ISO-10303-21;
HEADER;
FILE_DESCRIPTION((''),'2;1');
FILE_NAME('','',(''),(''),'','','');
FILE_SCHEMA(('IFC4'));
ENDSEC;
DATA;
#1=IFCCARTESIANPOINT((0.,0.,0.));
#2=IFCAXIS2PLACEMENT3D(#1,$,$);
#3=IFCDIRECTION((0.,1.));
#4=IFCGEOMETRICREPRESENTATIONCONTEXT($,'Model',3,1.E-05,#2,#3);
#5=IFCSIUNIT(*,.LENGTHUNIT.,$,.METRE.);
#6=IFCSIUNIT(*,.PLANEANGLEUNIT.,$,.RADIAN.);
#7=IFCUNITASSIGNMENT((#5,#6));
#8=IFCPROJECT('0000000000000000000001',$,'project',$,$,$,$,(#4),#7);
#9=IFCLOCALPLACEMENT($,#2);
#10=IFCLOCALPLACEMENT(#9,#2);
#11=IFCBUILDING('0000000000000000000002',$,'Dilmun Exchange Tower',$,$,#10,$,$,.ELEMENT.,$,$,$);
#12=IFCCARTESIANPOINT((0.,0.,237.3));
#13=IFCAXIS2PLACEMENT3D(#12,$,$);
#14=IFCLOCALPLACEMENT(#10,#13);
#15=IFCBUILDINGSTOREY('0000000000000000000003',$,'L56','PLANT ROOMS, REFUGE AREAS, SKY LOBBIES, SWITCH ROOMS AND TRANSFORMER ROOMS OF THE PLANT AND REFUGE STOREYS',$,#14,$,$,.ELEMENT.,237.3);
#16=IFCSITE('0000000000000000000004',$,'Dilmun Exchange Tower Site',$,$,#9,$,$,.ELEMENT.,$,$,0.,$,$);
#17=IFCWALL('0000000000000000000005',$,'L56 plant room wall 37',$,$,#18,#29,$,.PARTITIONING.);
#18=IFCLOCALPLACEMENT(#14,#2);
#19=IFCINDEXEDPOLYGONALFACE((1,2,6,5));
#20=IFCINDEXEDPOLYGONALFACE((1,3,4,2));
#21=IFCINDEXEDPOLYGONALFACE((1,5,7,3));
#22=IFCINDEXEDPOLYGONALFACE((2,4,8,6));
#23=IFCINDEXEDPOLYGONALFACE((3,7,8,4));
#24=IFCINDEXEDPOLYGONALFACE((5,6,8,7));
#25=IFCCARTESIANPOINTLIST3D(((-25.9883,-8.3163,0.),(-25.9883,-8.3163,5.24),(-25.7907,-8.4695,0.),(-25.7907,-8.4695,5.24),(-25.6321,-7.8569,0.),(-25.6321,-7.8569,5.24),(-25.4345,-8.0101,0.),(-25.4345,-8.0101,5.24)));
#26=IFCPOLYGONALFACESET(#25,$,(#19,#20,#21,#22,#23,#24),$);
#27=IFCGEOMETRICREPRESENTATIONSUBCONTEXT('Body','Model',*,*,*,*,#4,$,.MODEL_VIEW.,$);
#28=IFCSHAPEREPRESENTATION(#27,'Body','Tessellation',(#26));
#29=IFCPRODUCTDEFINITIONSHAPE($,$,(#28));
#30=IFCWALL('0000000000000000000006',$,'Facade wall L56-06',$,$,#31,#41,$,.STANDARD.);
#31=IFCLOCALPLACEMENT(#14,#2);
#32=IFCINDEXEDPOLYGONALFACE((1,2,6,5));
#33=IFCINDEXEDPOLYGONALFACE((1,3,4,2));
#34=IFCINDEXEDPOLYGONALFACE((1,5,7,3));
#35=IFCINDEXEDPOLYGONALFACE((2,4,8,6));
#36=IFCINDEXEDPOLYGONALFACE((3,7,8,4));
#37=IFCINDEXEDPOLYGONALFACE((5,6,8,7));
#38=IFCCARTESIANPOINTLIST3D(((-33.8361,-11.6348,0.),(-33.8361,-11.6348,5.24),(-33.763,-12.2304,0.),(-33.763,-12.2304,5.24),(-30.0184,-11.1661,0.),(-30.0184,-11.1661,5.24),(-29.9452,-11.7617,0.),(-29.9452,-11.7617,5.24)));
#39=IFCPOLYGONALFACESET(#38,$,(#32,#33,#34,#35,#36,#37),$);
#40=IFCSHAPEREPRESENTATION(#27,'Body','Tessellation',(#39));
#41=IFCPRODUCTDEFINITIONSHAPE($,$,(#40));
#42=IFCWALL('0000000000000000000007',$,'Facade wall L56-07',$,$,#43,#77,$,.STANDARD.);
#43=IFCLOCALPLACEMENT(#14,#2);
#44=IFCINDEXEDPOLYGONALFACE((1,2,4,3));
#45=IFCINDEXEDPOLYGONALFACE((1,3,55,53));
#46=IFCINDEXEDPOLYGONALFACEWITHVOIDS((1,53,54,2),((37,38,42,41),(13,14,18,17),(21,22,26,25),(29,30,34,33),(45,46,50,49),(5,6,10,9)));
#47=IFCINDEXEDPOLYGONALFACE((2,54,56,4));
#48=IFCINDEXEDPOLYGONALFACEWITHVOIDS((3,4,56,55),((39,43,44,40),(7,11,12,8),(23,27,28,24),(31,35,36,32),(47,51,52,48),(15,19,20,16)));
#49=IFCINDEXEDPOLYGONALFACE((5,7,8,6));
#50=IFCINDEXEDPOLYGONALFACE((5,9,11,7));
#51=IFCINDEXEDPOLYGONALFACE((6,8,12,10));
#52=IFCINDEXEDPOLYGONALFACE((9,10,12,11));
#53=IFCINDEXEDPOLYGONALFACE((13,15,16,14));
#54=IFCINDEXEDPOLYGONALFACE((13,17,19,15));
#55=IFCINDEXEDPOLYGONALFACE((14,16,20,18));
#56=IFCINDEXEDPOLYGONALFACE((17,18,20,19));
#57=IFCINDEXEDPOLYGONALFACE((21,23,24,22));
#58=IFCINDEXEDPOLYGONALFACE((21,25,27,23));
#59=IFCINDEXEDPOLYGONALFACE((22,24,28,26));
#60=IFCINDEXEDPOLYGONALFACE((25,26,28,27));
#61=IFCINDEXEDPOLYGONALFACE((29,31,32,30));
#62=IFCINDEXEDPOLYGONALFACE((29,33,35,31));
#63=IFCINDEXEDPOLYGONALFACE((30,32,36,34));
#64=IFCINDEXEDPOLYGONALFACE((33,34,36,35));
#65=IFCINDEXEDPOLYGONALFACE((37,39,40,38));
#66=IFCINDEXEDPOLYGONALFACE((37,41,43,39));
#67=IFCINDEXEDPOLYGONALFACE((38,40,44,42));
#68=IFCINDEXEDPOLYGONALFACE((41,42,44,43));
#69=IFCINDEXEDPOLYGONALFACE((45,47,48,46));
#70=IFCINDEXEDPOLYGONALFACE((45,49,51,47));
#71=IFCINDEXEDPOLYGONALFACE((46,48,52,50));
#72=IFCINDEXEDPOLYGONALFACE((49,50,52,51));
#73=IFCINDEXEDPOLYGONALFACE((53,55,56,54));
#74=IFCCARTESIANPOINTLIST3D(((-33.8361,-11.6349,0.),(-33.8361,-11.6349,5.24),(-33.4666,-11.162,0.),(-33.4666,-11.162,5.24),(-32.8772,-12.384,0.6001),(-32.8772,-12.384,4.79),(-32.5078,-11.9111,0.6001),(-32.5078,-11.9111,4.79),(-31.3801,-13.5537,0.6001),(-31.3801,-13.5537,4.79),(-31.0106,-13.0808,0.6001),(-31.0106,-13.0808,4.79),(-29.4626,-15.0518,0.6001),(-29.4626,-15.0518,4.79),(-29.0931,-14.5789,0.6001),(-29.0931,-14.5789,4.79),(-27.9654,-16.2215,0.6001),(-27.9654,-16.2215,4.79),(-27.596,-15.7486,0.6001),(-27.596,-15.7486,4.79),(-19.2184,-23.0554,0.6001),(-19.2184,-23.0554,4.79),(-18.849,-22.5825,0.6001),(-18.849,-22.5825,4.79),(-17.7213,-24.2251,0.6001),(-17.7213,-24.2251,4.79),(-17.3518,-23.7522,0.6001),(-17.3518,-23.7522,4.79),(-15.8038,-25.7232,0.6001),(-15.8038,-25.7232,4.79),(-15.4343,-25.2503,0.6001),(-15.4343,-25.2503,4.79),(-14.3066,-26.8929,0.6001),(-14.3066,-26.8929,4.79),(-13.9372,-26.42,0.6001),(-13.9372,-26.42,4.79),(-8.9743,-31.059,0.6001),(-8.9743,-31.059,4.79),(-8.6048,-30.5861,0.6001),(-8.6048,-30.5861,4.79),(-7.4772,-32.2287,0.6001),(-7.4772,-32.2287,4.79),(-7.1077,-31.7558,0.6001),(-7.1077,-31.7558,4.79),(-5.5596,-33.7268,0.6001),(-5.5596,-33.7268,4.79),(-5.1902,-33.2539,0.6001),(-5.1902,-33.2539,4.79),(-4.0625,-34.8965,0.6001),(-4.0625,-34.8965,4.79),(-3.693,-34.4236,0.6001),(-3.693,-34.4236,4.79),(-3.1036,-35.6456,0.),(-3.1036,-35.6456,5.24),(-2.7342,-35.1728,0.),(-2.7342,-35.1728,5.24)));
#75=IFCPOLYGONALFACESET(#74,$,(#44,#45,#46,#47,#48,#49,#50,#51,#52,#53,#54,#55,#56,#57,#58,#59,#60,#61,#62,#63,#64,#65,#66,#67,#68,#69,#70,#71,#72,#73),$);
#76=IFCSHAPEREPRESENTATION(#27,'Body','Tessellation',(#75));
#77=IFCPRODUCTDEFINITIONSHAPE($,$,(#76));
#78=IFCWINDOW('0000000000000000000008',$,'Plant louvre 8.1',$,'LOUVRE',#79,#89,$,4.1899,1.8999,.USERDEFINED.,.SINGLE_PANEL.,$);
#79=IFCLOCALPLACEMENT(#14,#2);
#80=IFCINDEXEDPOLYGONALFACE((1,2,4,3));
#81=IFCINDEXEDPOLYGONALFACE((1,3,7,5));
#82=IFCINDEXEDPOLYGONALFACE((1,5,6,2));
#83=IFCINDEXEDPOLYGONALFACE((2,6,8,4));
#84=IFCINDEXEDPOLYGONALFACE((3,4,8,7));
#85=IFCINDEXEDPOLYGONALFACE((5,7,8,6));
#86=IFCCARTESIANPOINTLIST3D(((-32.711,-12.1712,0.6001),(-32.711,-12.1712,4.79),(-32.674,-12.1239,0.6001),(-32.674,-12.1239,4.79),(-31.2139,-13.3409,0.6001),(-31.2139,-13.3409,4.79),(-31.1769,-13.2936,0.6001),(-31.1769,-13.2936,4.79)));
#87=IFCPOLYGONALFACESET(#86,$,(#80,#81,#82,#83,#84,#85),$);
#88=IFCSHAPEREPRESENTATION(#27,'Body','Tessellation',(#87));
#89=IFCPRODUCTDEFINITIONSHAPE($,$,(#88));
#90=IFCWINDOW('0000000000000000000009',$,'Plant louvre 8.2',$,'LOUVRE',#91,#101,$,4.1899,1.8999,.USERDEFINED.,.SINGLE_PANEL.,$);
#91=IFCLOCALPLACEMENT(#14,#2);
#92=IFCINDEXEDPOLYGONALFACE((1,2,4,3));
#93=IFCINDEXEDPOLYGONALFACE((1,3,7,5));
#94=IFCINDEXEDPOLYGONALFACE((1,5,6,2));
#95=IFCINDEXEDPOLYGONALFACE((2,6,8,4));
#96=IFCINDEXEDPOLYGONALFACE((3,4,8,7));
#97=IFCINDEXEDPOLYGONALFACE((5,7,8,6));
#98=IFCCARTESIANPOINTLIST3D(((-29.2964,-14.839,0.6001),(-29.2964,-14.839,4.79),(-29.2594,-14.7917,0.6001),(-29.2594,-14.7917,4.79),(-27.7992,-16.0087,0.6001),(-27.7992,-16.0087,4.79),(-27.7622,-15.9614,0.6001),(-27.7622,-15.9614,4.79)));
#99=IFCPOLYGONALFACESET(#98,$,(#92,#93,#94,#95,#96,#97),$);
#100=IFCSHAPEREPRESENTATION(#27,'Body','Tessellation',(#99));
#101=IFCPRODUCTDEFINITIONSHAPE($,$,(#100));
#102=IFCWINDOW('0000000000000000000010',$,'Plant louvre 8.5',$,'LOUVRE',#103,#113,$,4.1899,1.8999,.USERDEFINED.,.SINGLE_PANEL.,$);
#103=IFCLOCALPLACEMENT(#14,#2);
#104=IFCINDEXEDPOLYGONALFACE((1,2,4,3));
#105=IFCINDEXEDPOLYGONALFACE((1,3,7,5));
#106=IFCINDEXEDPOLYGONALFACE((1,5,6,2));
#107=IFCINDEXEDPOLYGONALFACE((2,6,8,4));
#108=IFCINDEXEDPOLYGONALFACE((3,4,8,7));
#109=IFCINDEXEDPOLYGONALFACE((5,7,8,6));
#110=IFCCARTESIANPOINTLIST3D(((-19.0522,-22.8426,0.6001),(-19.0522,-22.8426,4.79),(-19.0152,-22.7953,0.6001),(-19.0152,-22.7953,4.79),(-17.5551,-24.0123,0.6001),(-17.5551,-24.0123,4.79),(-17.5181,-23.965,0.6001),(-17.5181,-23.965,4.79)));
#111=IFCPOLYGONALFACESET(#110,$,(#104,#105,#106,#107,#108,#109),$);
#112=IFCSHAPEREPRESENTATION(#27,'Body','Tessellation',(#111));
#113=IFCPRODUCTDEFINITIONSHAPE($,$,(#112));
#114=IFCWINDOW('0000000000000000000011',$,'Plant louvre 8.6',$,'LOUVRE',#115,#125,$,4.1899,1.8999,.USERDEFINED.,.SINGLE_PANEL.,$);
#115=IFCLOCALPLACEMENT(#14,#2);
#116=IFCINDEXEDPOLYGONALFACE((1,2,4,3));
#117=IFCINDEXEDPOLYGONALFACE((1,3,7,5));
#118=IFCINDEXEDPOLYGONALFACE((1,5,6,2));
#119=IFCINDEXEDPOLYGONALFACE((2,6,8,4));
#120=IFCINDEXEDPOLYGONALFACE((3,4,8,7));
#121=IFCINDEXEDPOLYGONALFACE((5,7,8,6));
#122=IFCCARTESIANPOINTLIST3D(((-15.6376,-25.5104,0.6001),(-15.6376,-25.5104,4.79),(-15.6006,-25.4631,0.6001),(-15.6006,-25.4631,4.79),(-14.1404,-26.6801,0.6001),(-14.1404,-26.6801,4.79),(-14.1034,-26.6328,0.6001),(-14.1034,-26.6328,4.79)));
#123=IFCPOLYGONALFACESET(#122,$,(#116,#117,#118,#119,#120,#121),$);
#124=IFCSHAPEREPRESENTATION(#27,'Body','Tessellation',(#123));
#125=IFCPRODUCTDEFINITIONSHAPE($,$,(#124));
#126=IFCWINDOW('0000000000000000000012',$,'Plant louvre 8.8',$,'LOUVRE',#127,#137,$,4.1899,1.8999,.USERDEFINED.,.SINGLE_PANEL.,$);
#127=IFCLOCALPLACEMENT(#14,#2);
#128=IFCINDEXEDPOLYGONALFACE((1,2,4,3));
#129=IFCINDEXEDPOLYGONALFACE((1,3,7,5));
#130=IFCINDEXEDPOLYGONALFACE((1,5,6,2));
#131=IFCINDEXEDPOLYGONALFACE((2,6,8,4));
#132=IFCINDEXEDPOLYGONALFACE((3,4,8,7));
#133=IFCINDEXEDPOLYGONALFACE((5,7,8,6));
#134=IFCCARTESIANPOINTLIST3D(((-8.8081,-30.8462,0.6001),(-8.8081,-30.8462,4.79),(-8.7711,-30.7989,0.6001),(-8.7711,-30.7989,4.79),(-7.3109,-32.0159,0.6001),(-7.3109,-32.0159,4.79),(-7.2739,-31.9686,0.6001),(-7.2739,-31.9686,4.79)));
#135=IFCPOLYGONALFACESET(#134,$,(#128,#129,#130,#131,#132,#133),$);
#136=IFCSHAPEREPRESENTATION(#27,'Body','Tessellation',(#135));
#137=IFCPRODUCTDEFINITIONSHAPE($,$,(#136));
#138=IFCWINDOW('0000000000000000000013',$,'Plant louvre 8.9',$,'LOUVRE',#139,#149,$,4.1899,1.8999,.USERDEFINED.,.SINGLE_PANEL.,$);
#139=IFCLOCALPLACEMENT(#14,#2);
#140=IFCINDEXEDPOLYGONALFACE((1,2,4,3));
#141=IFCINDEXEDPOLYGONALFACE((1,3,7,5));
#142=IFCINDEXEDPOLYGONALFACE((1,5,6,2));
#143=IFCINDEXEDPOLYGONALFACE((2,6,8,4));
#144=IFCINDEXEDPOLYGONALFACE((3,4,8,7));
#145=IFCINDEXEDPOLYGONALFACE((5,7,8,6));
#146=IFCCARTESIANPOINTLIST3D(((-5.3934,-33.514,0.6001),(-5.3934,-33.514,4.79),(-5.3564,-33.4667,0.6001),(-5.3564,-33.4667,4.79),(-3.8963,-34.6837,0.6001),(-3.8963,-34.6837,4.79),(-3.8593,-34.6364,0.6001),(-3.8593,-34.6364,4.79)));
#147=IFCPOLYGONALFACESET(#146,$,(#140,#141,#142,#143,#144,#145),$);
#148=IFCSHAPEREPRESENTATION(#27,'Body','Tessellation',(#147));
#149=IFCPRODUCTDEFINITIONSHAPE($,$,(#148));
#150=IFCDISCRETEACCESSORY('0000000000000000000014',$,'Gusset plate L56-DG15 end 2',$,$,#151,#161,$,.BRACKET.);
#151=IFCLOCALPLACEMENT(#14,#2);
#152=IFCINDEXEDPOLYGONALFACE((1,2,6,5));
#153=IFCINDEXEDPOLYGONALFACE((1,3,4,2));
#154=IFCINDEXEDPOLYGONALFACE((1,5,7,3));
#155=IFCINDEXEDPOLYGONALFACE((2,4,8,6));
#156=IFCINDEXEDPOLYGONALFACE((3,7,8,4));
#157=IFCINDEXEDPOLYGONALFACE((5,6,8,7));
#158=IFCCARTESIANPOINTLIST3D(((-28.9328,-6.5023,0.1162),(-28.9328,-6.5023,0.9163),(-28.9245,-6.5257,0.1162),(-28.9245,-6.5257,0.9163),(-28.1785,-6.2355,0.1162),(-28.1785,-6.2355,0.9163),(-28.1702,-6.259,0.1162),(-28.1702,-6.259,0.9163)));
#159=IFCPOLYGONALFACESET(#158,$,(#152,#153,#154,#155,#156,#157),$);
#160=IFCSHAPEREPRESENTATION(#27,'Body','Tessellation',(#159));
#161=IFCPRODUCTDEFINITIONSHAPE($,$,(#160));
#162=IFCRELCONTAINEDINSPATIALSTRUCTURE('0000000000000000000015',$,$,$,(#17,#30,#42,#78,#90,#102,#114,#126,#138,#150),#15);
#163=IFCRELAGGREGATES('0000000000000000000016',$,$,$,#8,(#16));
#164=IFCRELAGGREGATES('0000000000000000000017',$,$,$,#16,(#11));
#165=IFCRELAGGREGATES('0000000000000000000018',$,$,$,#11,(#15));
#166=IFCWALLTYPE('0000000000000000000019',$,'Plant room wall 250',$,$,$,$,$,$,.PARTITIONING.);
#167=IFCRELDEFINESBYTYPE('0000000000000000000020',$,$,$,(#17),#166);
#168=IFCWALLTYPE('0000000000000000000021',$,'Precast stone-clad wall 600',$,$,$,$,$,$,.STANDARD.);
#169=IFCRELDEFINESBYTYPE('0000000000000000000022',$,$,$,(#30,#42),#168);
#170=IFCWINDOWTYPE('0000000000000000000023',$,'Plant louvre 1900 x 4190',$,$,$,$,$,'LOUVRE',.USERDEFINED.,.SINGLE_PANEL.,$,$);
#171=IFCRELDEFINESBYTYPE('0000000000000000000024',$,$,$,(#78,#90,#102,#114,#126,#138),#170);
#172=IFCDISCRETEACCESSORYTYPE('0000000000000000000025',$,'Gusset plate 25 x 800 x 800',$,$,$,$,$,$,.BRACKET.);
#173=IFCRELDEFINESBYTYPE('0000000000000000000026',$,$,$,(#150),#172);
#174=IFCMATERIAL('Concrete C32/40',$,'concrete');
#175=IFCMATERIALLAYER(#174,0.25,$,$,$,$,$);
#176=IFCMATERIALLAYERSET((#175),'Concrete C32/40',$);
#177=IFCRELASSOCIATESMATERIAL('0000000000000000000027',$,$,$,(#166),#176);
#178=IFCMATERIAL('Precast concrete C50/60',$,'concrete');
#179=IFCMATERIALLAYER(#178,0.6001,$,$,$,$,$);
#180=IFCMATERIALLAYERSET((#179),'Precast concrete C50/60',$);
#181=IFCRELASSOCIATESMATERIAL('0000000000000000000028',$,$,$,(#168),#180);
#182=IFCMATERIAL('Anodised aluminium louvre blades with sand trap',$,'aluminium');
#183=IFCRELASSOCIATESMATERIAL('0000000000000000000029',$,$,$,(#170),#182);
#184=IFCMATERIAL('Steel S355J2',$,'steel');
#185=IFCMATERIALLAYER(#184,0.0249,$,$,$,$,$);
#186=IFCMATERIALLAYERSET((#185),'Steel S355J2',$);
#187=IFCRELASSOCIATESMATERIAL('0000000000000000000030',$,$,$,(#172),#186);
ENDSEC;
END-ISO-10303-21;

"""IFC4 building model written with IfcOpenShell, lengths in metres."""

from ifc_helpers import new_model, si_unit, direction, frame, frame_2d, origin, origin_2d, place, context, subcontext, project, spatial, rectangle, extrude, material, layer, layer_set, type_object, element, fill, save


model = new_model("IFC4")

# Units and contexts
model_context = context("Model", 3, precision=1e-05, world=origin(), true_north=direction((0.0, 1.0)))
body_context = subcontext(model_context, "Body", "Model", "MODEL_VIEW")
ifc_project = project(units=[si_unit("LENGTHUNIT", "METRE"), si_unit("PLANEANGLEUNIT", "RADIAN")], contexts=[model_context])

# Site, building, storey
site_placement = place(None, origin())
site = spatial("IfcSite", under=ifc_project, at=site_placement, Name="Dilmun Exchange Tower Site", CompositionType="ELEMENT", RefElevation=0.0)
building_placement = place(site_placement, origin())
building = spatial("IfcBuilding", under=site, at=building_placement, Name="Dilmun Exchange Tower", CompositionType="ELEMENT")
storey_placement = place(building_placement, frame((0.0, 0.0, 237.3)))
storey = spatial("IfcBuildingStorey", under=building, at=storey_placement, Name="L56", Description="PLANT ROOMS, REFUGE AREAS, SKY LOBBIES, SWITCH ROOMS AND TRANSFORMER ROOMS OF THE PLANT AND REFUGE STOREYS", CompositionType="ELEMENT", Elevation=237.3)

# Walls
ifc_material_1 = material(Name="Concrete C32/40", Category="concrete")
ifc_layer_1 = layer(ifc_material_1, 0.25)
ifc_layer_set_1 = layer_set([ifc_layer_1], Name="Concrete C32/40")
wall_type_1 = type_object("IfcWallType", Name="Plant room wall 250", PredefinedType="PARTITIONING", material=ifc_layer_set_1)
wall_1_placement = place(storey_placement, frame((-25.8894, -8.3928, 0.0), z_axis=(0.0, 0.0, 1.0), x_axis=(0.61269, 0.790324, 0.0)))
element("IfcWall", 1, at=wall_1_placement, inside=storey, type_object=wall_type_1, Name="L56 plant room wall 37", PredefinedType="PARTITIONING", context=body_context, shape_type="SweptSolid", body=[
    extrude(rectangle(XDim=0.5813, YDim=0.25, at=frame_2d((0.2905, 0.0))), origin(), (0.0, 0.0, 1.0), 5.24),
])
ifc_material_2 = material(Name="Precast concrete C50/60", Category="concrete")
ifc_layer_2 = layer(ifc_material_2, 0.6001)
ifc_layer_set_2 = layer_set([ifc_layer_2], Name="Precast concrete C50/60")
wall_type_2 = type_object("IfcWallType", Name="Precast stone-clad wall 600", PredefinedType="STANDARD", material=ifc_layer_set_2)
wall_2_placement = place(storey_placement, frame((-29.9817, -11.4639, 0.0), z_axis=(0.0, 0.0, 1.0), x_axis=(-0.992547, -0.121863, 0.0)))
element("IfcWall", 2, at=wall_2_placement, inside=storey, type_object=wall_type_2, Name="Facade wall L56-06", PredefinedType="STANDARD", context=body_context, shape_type="SweptSolid", body=[
    extrude(rectangle(XDim=3.8464, YDim=0.6001, at=frame_2d((1.9233, 0.0))), origin(), (0.0, 0.0, 1.0), 5.24),
])

# Wall, openings, windows
wall_3_placement = place(storey_placement, frame((-33.6514, -11.3984, 0.0), z_axis=(0.0, 0.0, 1.0), x_axis=(0.788011, -0.615661, 0.0)))
wall_3 = element("IfcWall", 3, at=wall_3_placement, inside=storey, type_object=wall_type_2, Name="Facade wall L56-07", PredefinedType="STANDARD", context=body_context, shape_type="SweptSolid", body=[
    extrude(rectangle(XDim=39.0, YDim=0.6001, at=frame_2d((19.5, 0.0))), origin(), (0.0, 0.0, 1.0), 5.24),
])
opening_1_placement = place(wall_3_placement, frame((1.2168, 0.0, 0.6001)))
opening_1 = element("IfcOpeningElement", 4, at=opening_1_placement, cuts=wall_3, PredefinedType="OPENING", context=body_context, shape_type="SweptSolid", body=[
    extrude(rectangle(XDim=1.8999, YDim=4.1899, at=frame_2d((0.95, 2.095))), frame((0.0, 0.3101, 0.0), z_axis=(0.0, -1.0, 0.0), x_axis=(1.0, 0.0, 0.0)), (0.0, 0.0, 1.0), 0.6201),
])
opening_2_placement = place(wall_3_placement, frame((5.55, 0.0, 0.6001)))
opening_2 = element("IfcOpeningElement", 5, at=opening_2_placement, cuts=wall_3, PredefinedType="OPENING", context=body_context, shape_type="SweptSolid", body=[
    extrude(rectangle(XDim=1.8999, YDim=4.1899, at=frame_2d((0.95, 2.095))), frame((0.0, 0.3101, 0.0), z_axis=(0.0, -1.0, 0.0), x_axis=(1.0, 0.0, 0.0)), (0.0, 0.0, 1.0), 0.6201),
])
opening_3_placement = place(wall_3_placement, frame((18.55, 0.0, 0.6001)))
opening_3 = element("IfcOpeningElement", 6, at=opening_3_placement, cuts=wall_3, PredefinedType="OPENING", context=body_context, shape_type="SweptSolid", body=[
    extrude(rectangle(XDim=1.8999, YDim=4.1899, at=frame_2d((0.95, 2.095))), frame((0.0, 0.3101, 0.0), z_axis=(0.0, -1.0, 0.0), x_axis=(1.0, 0.0, 0.0)), (0.0, 0.0, 1.0), 0.6201),
])
opening_4_placement = place(wall_3_placement, frame((22.8833, 0.0, 0.6001)))
opening_4 = element("IfcOpeningElement", 7, at=opening_4_placement, cuts=wall_3, PredefinedType="OPENING", context=body_context, shape_type="SweptSolid", body=[
    extrude(rectangle(XDim=1.8999, YDim=4.1899, at=frame_2d((0.95, 2.095))), frame((0.0, 0.3101, 0.0), z_axis=(0.0, -1.0, 0.0), x_axis=(1.0, 0.0, 0.0)), (0.0, 0.0, 1.0), 0.6201),
])
opening_5_placement = place(wall_3_placement, frame((31.55, 0.0, 0.6001)))
opening_5 = element("IfcOpeningElement", 8, at=opening_5_placement, cuts=wall_3, PredefinedType="OPENING", context=body_context, shape_type="SweptSolid", body=[
    extrude(rectangle(XDim=1.8999, YDim=4.1899, at=frame_2d((0.95, 2.095))), frame((0.0, 0.3101, 0.0), z_axis=(0.0, -1.0, 0.0), x_axis=(1.0, 0.0, 0.0)), (0.0, 0.0, 1.0), 0.6201),
])
opening_6_placement = place(wall_3_placement, frame((35.8833, 0.0, 0.6001)))
opening_6 = element("IfcOpeningElement", 9, at=opening_6_placement, cuts=wall_3, PredefinedType="OPENING", context=body_context, shape_type="SweptSolid", body=[
    extrude(rectangle(XDim=1.8999, YDim=4.1899, at=frame_2d((0.95, 2.095))), frame((0.0, 0.3101, 0.0), z_axis=(0.0, -1.0, 0.0), x_axis=(1.0, 0.0, 0.0)), (0.0, 0.0, 1.0), 0.6201),
])
ifc_material_3 = material(Name="Anodised aluminium louvre blades with sand trap", Category="aluminium")
window_type = type_object("IfcWindowType", Name="Plant louvre 1900 x 4190", ElementType="LOUVRE", PartitioningType="SINGLE_PANEL", PredefinedType="USERDEFINED", material=ifc_material_3)
window_1_placement = place(opening_1_placement, origin())
window_1 = element("IfcWindow", 10, at=window_1_placement, inside=storey, type_object=window_type, Name="Plant louvre 8.1", ObjectType="LOUVRE", OverallHeight=4.1899, OverallWidth=1.8999, PartitioningType="SINGLE_PANEL", PredefinedType="USERDEFINED", context=body_context, shape_type="SweptSolid", body=[
    extrude(rectangle(XDim=1.8999, YDim=4.1899, at=frame_2d((0.95, 2.095))), frame((0.0, 0.03, 0.0), z_axis=(0.0, -1.0, 0.0), x_axis=(1.0, 0.0, 0.0)), (0.0, 0.0, 1.0), 0.0601),
])
fill(opening_1, window_1)
window_2_placement = place(opening_2_placement, origin())
window_2 = element("IfcWindow", 11, at=window_2_placement, inside=storey, type_object=window_type, Name="Plant louvre 8.2", ObjectType="LOUVRE", OverallHeight=4.1899, OverallWidth=1.8999, PartitioningType="SINGLE_PANEL", PredefinedType="USERDEFINED", context=body_context, shape_type="SweptSolid", body=[
    extrude(rectangle(XDim=1.8999, YDim=4.1899, at=frame_2d((0.95, 2.095))), frame((0.0, 0.03, 0.0), z_axis=(0.0, -1.0, 0.0), x_axis=(1.0, 0.0, 0.0)), (0.0, 0.0, 1.0), 0.0601),
])
fill(opening_2, window_2)
window_3_placement = place(opening_3_placement, origin())
window_3 = element("IfcWindow", 12, at=window_3_placement, inside=storey, type_object=window_type, Name="Plant louvre 8.5", ObjectType="LOUVRE", OverallHeight=4.1899, OverallWidth=1.8999, PartitioningType="SINGLE_PANEL", PredefinedType="USERDEFINED", context=body_context, shape_type="SweptSolid", body=[
    extrude(rectangle(XDim=1.8999, YDim=4.1899, at=frame_2d((0.95, 2.095))), frame((0.0, 0.03, 0.0), z_axis=(0.0, -1.0, 0.0), x_axis=(1.0, 0.0, 0.0)), (0.0, 0.0, 1.0), 0.0601),
])
fill(opening_3, window_3)
window_4_placement = place(opening_4_placement, origin())
window_4 = element("IfcWindow", 13, at=window_4_placement, inside=storey, type_object=window_type, Name="Plant louvre 8.6", ObjectType="LOUVRE", OverallHeight=4.1899, OverallWidth=1.8999, PartitioningType="SINGLE_PANEL", PredefinedType="USERDEFINED", context=body_context, shape_type="SweptSolid", body=[
    extrude(rectangle(XDim=1.8999, YDim=4.1899, at=frame_2d((0.95, 2.095))), frame((0.0, 0.03, 0.0), z_axis=(0.0, -1.0, 0.0), x_axis=(1.0, 0.0, 0.0)), (0.0, 0.0, 1.0), 0.0601),
])
fill(opening_4, window_4)
window_5_placement = place(opening_5_placement, origin())
window_5 = element("IfcWindow", 14, at=window_5_placement, inside=storey, type_object=window_type, Name="Plant louvre 8.8", ObjectType="LOUVRE", OverallHeight=4.1899, OverallWidth=1.8999, PartitioningType="SINGLE_PANEL", PredefinedType="USERDEFINED", context=body_context, shape_type="SweptSolid", body=[
    extrude(rectangle(XDim=1.8999, YDim=4.1899, at=frame_2d((0.95, 2.095))), frame((0.0, 0.03, 0.0), z_axis=(0.0, -1.0, 0.0), x_axis=(1.0, 0.0, 0.0)), (0.0, 0.0, 1.0), 0.0601),
])
fill(opening_5, window_5)
window_6_placement = place(opening_6_placement, origin())
window_6 = element("IfcWindow", 15, at=window_6_placement, inside=storey, type_object=window_type, Name="Plant louvre 8.9", ObjectType="LOUVRE", OverallHeight=4.1899, OverallWidth=1.8999, PartitioningType="SINGLE_PANEL", PredefinedType="USERDEFINED", context=body_context, shape_type="SweptSolid", body=[
    extrude(rectangle(XDim=1.8999, YDim=4.1899, at=frame_2d((0.95, 2.095))), frame((0.0, 0.03, 0.0), z_axis=(0.0, -1.0, 0.0), x_axis=(1.0, 0.0, 0.0)), (0.0, 0.0, 1.0), 0.0601),
])
fill(opening_6, window_6)

# Discrete accessory
ifc_material_4 = material(Name="Steel S355J2", Category="steel")
ifc_layer_3 = layer(ifc_material_4, 0.0249)
ifc_layer_set_3 = layer_set([ifc_layer_3], Name="Steel S355J2")
discrete_accessory_type = type_object("IfcDiscreteAccessoryType", Name="Gusset plate 25 x 800 x 800", PredefinedType="BRACKET", material=ifc_layer_set_3)
for number, where, z_axis, x_axis, name in (
    (16, (-28.5515, -6.3806, 0.1162), (0.0, 0.0, 1.0), (-0.942768, -0.33345, 0.0), "Gusset plate L56-DG15 end 2"),
):
    element("IfcDiscreteAccessory", number, at=place(storey_placement, frame(where, z_axis=z_axis, x_axis=x_axis)), inside=storey, type_object=discrete_accessory_type, Name=name, PredefinedType="BRACKET", context=body_context, shape_type="SweptSolid", body=[
        extrude(rectangle(XDim=0.8, YDim=0.0249, at=origin_2d()), origin(), (0.0, 0.0, 1.0), 0.8),
    ])

save(model, "model.ifc")
